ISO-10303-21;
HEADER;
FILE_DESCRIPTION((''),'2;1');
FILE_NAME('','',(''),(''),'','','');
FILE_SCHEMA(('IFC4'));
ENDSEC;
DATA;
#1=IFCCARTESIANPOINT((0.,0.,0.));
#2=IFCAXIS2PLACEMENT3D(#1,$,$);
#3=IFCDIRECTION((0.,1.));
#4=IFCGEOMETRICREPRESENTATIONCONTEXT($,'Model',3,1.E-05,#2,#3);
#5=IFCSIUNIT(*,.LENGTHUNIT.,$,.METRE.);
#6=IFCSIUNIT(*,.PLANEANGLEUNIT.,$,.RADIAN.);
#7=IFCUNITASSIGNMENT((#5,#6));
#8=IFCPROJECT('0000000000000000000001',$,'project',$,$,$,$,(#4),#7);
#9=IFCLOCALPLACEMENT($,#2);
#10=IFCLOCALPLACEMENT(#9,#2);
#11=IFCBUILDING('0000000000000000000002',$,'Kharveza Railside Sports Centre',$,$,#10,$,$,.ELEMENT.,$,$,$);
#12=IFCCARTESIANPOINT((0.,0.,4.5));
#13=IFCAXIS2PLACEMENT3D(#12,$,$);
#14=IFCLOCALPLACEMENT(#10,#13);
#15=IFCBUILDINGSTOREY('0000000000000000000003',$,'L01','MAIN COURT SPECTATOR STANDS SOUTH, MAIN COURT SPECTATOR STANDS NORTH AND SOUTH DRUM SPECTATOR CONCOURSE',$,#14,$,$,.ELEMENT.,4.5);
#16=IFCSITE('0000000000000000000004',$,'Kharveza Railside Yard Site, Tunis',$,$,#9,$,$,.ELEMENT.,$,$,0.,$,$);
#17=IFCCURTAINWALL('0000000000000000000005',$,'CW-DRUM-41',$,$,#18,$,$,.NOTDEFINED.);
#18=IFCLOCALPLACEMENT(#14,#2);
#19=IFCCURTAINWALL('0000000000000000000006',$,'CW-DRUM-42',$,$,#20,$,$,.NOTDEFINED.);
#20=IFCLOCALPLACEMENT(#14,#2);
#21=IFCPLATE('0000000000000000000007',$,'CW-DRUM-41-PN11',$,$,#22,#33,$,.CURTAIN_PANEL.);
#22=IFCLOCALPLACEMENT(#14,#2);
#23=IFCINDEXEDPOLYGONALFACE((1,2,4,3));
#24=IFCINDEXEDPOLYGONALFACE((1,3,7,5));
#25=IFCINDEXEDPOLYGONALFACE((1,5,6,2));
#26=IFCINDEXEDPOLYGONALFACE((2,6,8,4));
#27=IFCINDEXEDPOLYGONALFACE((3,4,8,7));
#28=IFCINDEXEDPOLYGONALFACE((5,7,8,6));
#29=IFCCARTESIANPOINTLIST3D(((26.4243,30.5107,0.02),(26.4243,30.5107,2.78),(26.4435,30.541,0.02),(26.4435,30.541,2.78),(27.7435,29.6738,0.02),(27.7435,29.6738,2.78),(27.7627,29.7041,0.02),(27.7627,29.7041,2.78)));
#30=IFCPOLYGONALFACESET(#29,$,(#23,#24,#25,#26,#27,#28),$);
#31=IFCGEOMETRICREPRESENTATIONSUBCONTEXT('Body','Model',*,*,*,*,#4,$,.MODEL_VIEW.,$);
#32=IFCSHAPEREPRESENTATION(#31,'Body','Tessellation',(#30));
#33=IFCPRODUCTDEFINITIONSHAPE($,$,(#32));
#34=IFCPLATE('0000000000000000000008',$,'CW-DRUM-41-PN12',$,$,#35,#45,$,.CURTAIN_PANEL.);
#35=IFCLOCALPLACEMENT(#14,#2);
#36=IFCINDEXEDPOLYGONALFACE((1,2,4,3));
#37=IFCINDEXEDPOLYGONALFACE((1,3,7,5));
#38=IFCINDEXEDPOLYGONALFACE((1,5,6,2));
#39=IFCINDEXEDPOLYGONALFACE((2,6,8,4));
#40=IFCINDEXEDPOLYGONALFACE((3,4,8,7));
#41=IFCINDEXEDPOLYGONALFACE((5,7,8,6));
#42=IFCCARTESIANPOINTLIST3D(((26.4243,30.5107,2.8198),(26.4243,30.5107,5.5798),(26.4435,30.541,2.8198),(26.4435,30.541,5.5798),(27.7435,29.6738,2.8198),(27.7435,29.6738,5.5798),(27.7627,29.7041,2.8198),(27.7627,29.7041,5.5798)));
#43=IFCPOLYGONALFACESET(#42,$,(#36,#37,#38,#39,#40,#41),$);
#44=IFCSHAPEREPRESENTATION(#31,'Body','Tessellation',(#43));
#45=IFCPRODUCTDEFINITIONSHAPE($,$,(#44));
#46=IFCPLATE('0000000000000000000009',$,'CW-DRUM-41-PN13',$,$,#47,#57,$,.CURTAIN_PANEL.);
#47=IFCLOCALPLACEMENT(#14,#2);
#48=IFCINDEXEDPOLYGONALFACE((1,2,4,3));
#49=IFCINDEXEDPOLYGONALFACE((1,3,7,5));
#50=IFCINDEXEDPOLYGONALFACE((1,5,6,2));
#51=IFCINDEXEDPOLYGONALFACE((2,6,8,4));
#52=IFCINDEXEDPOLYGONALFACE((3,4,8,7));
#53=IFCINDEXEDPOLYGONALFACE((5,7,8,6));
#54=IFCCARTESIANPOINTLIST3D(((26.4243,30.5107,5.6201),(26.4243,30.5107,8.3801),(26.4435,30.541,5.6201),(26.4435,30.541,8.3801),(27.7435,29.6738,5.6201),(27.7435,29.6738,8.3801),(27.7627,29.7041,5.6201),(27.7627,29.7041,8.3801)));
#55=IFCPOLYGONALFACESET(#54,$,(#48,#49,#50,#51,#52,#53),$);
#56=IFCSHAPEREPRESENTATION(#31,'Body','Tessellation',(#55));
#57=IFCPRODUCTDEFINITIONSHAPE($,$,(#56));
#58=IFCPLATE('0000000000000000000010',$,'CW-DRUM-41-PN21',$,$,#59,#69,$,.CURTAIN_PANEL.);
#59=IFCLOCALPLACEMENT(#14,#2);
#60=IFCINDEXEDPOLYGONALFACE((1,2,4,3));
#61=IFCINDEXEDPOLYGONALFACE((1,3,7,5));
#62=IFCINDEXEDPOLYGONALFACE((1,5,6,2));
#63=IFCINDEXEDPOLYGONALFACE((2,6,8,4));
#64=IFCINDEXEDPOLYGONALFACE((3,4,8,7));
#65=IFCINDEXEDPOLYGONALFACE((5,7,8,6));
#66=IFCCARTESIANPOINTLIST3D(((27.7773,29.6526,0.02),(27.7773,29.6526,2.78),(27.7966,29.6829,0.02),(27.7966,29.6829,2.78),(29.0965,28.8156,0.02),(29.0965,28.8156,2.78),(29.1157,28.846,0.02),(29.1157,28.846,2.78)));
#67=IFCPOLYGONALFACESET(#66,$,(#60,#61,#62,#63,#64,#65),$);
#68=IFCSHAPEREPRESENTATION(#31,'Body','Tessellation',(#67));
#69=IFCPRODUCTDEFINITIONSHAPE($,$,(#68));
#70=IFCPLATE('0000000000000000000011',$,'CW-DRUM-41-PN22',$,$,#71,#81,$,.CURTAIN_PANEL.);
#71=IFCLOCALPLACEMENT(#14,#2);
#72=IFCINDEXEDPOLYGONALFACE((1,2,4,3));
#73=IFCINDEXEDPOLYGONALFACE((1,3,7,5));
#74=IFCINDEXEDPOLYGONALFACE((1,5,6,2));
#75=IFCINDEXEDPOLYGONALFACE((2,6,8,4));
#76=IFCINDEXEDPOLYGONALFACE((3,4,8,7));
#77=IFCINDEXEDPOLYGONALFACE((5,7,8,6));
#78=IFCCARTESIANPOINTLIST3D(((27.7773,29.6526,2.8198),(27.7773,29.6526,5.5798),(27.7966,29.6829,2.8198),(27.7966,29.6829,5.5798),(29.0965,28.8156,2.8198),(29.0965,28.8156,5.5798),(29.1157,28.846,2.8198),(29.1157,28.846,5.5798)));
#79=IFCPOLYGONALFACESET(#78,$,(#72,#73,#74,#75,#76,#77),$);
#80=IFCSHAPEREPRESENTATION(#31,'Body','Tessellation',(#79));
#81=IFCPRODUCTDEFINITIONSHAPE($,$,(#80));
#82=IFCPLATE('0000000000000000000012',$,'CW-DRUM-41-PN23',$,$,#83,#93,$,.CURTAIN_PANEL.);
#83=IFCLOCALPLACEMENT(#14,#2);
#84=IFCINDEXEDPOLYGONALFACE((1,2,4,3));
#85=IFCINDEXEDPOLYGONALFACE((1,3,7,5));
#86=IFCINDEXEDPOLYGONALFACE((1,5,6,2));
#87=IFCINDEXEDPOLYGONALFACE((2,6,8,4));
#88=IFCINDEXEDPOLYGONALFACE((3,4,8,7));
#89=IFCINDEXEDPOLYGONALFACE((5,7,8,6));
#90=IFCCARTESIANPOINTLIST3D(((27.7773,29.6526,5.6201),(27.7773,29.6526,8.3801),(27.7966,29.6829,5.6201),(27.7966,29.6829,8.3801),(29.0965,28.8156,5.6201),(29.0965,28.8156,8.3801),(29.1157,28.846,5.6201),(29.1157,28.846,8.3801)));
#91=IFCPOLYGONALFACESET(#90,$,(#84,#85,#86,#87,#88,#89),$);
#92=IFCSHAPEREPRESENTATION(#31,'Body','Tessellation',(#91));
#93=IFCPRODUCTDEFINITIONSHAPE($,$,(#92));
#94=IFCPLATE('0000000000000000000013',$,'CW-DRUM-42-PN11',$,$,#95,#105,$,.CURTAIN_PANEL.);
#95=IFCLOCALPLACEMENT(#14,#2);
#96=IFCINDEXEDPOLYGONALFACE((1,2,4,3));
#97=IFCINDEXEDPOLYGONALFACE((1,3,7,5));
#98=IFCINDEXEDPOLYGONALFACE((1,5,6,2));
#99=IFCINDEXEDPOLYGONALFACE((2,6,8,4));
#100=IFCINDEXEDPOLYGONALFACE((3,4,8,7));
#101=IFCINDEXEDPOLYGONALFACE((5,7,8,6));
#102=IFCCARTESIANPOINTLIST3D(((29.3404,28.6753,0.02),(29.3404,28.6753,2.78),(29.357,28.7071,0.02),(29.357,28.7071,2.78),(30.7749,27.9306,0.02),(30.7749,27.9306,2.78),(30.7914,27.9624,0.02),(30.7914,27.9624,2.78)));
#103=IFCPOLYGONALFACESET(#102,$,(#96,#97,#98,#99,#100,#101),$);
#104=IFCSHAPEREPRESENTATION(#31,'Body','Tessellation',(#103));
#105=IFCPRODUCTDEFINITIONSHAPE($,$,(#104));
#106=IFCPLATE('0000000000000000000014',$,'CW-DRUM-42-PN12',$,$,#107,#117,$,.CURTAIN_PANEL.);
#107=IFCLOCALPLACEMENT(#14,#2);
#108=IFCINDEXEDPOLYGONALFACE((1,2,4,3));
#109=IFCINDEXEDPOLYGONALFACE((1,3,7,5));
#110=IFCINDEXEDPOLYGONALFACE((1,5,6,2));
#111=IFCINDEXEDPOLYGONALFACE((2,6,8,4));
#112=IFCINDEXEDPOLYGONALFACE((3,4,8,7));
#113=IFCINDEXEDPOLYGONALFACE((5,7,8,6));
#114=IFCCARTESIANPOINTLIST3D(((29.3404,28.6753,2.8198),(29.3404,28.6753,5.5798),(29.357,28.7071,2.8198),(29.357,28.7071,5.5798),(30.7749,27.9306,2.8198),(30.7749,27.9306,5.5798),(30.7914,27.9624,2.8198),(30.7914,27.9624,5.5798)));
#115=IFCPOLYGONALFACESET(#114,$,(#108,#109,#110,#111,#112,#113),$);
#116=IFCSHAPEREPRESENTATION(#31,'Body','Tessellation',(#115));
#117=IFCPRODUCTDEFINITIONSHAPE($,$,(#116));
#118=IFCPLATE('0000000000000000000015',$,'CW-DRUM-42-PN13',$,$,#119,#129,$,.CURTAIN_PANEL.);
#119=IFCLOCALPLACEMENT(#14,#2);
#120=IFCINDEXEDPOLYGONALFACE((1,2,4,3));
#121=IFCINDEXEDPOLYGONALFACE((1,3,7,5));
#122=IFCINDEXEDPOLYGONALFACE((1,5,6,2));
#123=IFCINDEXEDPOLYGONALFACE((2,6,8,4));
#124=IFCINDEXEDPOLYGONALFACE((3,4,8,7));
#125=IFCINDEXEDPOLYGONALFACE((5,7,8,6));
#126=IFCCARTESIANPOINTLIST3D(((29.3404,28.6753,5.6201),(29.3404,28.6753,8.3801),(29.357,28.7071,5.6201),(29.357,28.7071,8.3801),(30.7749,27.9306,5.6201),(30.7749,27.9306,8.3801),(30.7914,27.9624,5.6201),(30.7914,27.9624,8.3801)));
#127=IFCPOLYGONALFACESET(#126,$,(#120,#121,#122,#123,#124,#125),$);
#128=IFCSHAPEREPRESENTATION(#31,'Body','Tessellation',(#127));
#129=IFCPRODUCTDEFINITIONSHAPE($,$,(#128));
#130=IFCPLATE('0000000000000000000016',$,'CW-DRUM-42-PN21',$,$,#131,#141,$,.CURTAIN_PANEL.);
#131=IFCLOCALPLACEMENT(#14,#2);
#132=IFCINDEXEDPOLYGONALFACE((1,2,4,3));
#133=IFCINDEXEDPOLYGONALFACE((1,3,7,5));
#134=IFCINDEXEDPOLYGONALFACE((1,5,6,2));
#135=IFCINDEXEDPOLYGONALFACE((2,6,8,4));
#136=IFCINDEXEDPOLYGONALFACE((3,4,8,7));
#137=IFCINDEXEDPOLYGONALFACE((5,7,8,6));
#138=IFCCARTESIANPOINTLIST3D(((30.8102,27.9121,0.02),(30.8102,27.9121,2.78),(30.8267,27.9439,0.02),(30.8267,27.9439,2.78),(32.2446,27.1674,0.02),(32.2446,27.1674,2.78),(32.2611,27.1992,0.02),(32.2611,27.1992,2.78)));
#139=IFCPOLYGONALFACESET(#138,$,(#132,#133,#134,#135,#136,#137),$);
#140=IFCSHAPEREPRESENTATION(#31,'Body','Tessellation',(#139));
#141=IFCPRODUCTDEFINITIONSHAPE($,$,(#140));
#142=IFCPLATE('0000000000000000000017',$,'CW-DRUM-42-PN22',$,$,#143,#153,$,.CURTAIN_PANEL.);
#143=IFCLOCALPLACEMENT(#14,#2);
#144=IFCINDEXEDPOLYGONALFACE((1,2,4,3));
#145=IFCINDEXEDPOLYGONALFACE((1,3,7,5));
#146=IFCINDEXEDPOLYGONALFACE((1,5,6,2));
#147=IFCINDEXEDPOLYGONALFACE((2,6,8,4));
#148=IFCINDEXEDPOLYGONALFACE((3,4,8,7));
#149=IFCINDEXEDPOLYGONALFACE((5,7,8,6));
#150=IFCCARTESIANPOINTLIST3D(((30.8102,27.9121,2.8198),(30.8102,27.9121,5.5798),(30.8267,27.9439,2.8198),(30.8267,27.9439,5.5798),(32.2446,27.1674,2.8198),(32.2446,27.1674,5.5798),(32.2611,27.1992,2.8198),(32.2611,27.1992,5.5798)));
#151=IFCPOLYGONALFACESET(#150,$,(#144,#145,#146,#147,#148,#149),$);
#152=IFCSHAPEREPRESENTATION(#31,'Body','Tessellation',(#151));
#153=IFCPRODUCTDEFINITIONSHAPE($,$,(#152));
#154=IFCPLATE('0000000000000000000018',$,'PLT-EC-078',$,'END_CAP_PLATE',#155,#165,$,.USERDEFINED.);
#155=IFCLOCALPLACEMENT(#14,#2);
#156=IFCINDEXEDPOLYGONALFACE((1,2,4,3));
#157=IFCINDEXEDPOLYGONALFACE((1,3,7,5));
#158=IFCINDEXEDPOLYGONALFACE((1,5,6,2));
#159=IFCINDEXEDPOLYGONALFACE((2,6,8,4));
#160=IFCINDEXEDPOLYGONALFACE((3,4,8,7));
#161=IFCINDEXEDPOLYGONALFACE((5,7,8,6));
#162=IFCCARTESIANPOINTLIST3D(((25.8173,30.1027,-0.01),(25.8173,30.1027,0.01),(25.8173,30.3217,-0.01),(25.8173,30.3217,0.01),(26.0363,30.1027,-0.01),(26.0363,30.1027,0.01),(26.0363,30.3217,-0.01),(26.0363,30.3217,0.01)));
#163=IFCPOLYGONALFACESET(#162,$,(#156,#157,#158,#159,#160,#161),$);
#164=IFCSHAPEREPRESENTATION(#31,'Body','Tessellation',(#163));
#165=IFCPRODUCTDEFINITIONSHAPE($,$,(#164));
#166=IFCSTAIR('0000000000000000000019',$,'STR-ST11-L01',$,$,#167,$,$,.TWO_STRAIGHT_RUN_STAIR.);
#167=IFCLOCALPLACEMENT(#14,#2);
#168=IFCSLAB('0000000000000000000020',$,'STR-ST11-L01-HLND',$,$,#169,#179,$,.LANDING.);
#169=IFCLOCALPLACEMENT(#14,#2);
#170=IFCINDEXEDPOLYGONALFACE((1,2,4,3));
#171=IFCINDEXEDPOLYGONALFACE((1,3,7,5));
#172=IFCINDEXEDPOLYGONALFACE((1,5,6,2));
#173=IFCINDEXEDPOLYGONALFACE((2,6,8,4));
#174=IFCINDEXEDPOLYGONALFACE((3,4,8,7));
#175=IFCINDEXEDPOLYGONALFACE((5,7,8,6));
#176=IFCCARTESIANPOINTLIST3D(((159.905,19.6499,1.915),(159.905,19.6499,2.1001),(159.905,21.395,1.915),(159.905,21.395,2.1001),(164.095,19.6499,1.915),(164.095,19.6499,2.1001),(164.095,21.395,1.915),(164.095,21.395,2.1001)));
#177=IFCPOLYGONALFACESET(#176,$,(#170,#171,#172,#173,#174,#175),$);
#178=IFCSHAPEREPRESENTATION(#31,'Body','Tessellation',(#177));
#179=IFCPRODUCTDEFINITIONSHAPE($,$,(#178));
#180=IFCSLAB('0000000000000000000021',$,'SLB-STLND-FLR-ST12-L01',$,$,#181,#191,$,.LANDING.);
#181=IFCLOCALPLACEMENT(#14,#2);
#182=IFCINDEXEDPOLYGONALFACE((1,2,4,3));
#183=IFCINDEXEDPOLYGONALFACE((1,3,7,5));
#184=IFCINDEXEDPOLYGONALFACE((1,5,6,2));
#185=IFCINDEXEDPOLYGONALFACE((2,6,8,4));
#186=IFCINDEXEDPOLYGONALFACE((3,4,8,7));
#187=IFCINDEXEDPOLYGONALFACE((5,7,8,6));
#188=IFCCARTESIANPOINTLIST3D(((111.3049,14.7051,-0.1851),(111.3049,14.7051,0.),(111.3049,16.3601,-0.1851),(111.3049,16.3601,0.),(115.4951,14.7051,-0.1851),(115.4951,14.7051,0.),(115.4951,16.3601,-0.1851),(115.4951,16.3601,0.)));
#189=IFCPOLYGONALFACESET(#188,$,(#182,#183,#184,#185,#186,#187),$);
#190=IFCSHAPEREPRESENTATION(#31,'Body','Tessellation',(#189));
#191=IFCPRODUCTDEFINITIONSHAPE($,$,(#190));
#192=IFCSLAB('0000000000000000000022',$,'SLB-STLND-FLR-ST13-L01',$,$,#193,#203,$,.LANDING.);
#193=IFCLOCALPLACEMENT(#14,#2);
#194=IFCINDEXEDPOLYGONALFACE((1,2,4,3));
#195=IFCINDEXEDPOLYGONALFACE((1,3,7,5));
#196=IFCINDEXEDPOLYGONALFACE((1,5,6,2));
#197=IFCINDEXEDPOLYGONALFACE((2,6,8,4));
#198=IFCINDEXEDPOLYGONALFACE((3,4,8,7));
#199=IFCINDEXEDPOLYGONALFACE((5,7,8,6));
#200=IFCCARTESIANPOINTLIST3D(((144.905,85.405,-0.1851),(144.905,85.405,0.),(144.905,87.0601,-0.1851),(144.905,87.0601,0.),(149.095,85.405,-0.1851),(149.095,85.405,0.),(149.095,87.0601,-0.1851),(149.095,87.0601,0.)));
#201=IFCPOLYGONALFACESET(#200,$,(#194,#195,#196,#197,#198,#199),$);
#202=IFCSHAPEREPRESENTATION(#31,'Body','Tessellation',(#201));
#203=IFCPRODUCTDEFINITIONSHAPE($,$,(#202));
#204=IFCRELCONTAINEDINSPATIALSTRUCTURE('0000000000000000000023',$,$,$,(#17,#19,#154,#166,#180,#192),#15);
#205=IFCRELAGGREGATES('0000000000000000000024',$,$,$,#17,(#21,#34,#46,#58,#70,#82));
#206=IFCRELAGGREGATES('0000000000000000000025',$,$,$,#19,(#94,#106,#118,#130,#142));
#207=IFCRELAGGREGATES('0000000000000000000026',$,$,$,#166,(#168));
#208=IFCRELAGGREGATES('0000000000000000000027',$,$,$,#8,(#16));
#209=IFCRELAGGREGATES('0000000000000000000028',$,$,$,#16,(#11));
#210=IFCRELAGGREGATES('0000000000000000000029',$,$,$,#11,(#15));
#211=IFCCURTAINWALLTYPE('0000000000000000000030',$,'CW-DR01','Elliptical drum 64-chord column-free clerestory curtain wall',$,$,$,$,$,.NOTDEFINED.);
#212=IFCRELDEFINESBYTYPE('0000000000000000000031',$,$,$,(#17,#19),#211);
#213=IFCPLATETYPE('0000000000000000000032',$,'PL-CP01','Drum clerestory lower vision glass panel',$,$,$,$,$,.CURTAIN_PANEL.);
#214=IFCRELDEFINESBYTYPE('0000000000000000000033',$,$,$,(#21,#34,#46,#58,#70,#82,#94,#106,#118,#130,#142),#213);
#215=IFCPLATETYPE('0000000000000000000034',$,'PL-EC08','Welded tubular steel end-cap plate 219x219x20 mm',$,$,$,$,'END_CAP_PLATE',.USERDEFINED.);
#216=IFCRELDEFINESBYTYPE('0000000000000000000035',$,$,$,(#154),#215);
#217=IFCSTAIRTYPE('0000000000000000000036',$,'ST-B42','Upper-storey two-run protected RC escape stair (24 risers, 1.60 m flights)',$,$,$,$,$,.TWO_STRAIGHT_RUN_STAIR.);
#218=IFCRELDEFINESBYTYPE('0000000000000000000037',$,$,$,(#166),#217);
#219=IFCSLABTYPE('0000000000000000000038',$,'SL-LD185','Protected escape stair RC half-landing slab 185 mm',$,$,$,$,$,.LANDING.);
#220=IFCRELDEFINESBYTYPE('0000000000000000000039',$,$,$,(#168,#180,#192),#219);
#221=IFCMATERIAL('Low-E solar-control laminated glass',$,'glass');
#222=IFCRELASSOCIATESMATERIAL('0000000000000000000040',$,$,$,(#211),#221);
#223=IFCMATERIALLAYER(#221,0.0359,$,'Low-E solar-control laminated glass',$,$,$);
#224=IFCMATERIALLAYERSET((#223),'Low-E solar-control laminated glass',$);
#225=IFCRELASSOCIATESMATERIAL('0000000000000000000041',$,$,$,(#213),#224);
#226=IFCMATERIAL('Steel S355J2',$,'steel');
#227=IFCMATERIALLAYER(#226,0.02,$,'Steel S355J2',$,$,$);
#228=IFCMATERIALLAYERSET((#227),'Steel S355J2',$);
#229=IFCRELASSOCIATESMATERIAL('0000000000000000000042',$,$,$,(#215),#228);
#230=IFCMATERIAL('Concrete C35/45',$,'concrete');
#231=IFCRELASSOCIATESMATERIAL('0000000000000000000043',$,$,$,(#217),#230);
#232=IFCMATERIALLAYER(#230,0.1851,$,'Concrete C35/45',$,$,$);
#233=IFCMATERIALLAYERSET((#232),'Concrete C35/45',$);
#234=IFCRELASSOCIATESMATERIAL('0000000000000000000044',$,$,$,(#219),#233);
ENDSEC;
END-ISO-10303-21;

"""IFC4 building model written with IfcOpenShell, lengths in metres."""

from ifc_helpers import new_model, si_unit, direction, frame, origin, origin_2d, place, context, subcontext, project, spatial, polyline, rectangle, outline, extrude, material, layer, layer_set, type_object, element, aggregate, save


model = new_model("IFC4")

# Units and contexts
model_context = context("Model", 3, precision=1e-05, world=origin(), true_north=direction((0.0, 1.0)))
body_context = subcontext(model_context, "Body", "Model", "MODEL_VIEW")
ifc_project = project(units=[si_unit("LENGTHUNIT", "METRE"), si_unit("PLANEANGLEUNIT", "RADIAN")], contexts=[model_context])

# Site, building, storey
site_placement = place(None, origin())
site = spatial("IfcSite", under=ifc_project, at=site_placement, Name="Kharveza Railside Yard Site, Tunis", CompositionType="ELEMENT", RefElevation=0.0)
building_placement = place(site_placement, origin())
building = spatial("IfcBuilding", under=site, at=building_placement, Name="Kharveza Railside Sports Centre", CompositionType="ELEMENT")
storey_placement = place(building_placement, frame((0.0, 0.0, 4.5)))
storey = spatial("IfcBuildingStorey", under=building, at=storey_placement, Name="L01", Description="MAIN COURT SPECTATOR STANDS SOUTH, MAIN COURT SPECTATOR STANDS NORTH AND SOUTH DRUM SPECTATOR CONCOURSE", CompositionType="ELEMENT", Elevation=4.5)

# Curtain walls
ifc_material_1 = material(Name="Low-E solar-control laminated glass", Category="glass")
curtain_wall_type = type_object("IfcCurtainWallType", Name="CW-DR01", Description="Elliptical drum 64-chord column-free clerestory curtain wall", PredefinedType="NOTDEFINED", material=ifc_material_1)
curtain_wall_1_placement = place(storey_placement, origin())
curtain_wall_1 = element("IfcCurtainWall", 1, at=curtain_wall_1_placement, inside=storey, type_object=curtain_wall_type, Name="CW-DRUM-41", PredefinedType="NOTDEFINED")
curtain_wall_2_placement = place(storey_placement, origin())
curtain_wall_2 = element("IfcCurtainWall", 2, at=curtain_wall_2_placement, inside=storey, type_object=curtain_wall_type, Name="CW-DRUM-42", PredefinedType="NOTDEFINED")

# Shared definitions
ifc_material_2 = material(Name="Steel S355J2", Category="steel")

# Plates
ifc_layer_1 = layer(ifc_material_1, 0.0359, Name="Low-E solar-control laminated glass")
ifc_layer_set_1 = layer_set([ifc_layer_1], Name="Low-E solar-control laminated glass")
plate_type_1 = type_object("IfcPlateType", Name="PL-CP01", Description="Drum clerestory lower vision glass panel", PredefinedType="CURTAIN_PANEL", material=ifc_layer_set_1)
plate_1_placement = place(storey_placement, frame((27.0935, 30.1074, 0.02), z_axis=(0.0, 0.0, 1.0), x_axis=(0.844393, -0.535724, 0.0)))
plate_1 = element("IfcPlate", 3, at=plate_1_placement, type_object=plate_type_1, Name="CW-DRUM-41-PN11", PredefinedType="CURTAIN_PANEL", context=body_context, shape_type="SweptSolid", body=[
    extrude(rectangle(XDim=1.5623, YDim=0.0359, at=origin_2d()), origin(), (0.0, 0.0, 1.0), 2.76),
])
plate_2_placement = place(storey_placement, frame((27.0935, 30.1074, 2.8198), z_axis=(0.0, 0.0, 1.0), x_axis=(0.844393, -0.535724, 0.0)))
plate_2 = element("IfcPlate", 4, at=plate_2_placement, type_object=plate_type_1, Name="CW-DRUM-41-PN12", PredefinedType="CURTAIN_PANEL", context=body_context, shape_type="SweptSolid", body=[
    extrude(rectangle(XDim=1.5623, YDim=0.0359, at=origin_2d()), origin(), (0.0, 0.0, 1.0), 2.76),
])
plate_3_placement = place(storey_placement, frame((27.0935, 30.1074, 5.6201), z_axis=(0.0, 0.0, 1.0), x_axis=(0.844393, -0.535724, 0.0)))
plate_3 = element("IfcPlate", 5, at=plate_3_placement, type_object=plate_type_1, Name="CW-DRUM-41-PN13", PredefinedType="CURTAIN_PANEL", context=body_context, shape_type="SweptSolid", body=[
    extrude(rectangle(XDim=1.5623, YDim=0.0359, at=origin_2d()), origin(), (0.0, 0.0, 1.0), 2.76),
])
plate_4_placement = place(storey_placement, frame((28.4465, 29.2493, 0.02), z_axis=(0.0, 0.0, 1.0), x_axis=(0.844393, -0.535724, 0.0)))
plate_4 = element("IfcPlate", 6, at=plate_4_placement, type_object=plate_type_1, Name="CW-DRUM-41-PN21", PredefinedType="CURTAIN_PANEL", context=body_context, shape_type="SweptSolid", body=[
    extrude(rectangle(XDim=1.5623, YDim=0.0359, at=origin_2d()), origin(), (0.0, 0.0, 1.0), 2.76),
])
plate_5_placement = place(storey_placement, frame((28.4465, 29.2493, 2.8198), z_axis=(0.0, 0.0, 1.0), x_axis=(0.844393, -0.535724, 0.0)))
plate_5 = element("IfcPlate", 7, at=plate_5_placement, type_object=plate_type_1, Name="CW-DRUM-41-PN22", PredefinedType="CURTAIN_PANEL", context=body_context, shape_type="SweptSolid", body=[
    extrude(rectangle(XDim=1.5623, YDim=0.0359, at=origin_2d()), origin(), (0.0, 0.0, 1.0), 2.76),
])
plate_6_placement = place(storey_placement, frame((28.4465, 29.2493, 5.6201), z_axis=(0.0, 0.0, 1.0), x_axis=(0.844393, -0.535724, 0.0)))
plate_6 = element("IfcPlate", 8, at=plate_6_placement, type_object=plate_type_1, Name="CW-DRUM-41-PN23", PredefinedType="CURTAIN_PANEL", context=body_context, shape_type="SweptSolid", body=[
    extrude(rectangle(XDim=1.5623, YDim=0.0359, at=origin_2d()), origin(), (0.0, 0.0, 1.0), 2.76),
])
aggregate(curtain_wall_1, [plate_1, plate_2, plate_3, plate_4, plate_5, plate_6])
plate_7_placement = place(storey_placement, frame((30.0659, 28.3188, 0.02), z_axis=(0.0, 0.0, 1.0), x_axis=(0.887526, -0.460758, 0.0)))
plate_7 = element("IfcPlate", 9, at=plate_7_placement, type_object=plate_type_1, Name="CW-DRUM-42-PN11", PredefinedType="CURTAIN_PANEL", context=body_context, shape_type="SweptSolid", body=[
    extrude(rectangle(XDim=1.6162, YDim=0.0359, at=origin_2d()), origin(), (0.0, 0.0, 1.0), 2.76),
])
plate_8_placement = place(storey_placement, frame((30.0659, 28.3188, 2.8198), z_axis=(0.0, 0.0, 1.0), x_axis=(0.887526, -0.460758, 0.0)))
plate_8 = element("IfcPlate", 10, at=plate_8_placement, type_object=plate_type_1, Name="CW-DRUM-42-PN12", PredefinedType="CURTAIN_PANEL", context=body_context, shape_type="SweptSolid", body=[
    extrude(rectangle(XDim=1.6162, YDim=0.0359, at=origin_2d()), origin(), (0.0, 0.0, 1.0), 2.76),
])
plate_9_placement = place(storey_placement, frame((30.0659, 28.3188, 5.6201), z_axis=(0.0, 0.0, 1.0), x_axis=(0.887526, -0.460758, 0.0)))
plate_9 = element("IfcPlate", 11, at=plate_9_placement, type_object=plate_type_1, Name="CW-DRUM-42-PN13", PredefinedType="CURTAIN_PANEL", context=body_context, shape_type="SweptSolid", body=[
    extrude(rectangle(XDim=1.6162, YDim=0.0359, at=origin_2d()), origin(), (0.0, 0.0, 1.0), 2.76),
])
plate_10_placement = place(storey_placement, frame((31.5356, 27.5557, 0.02), z_axis=(0.0, 0.0, 1.0), x_axis=(0.887526, -0.460758, 0.0)))
plate_10 = element("IfcPlate", 12, at=plate_10_placement, type_object=plate_type_1, Name="CW-DRUM-42-PN21", PredefinedType="CURTAIN_PANEL", context=body_context, shape_type="SweptSolid", body=[
    extrude(rectangle(XDim=1.6162, YDim=0.0359, at=origin_2d()), origin(), (0.0, 0.0, 1.0), 2.76),
])
plate_11_placement = place(storey_placement, frame((31.5356, 27.5557, 2.8198), z_axis=(0.0, 0.0, 1.0), x_axis=(0.887526, -0.460758, 0.0)))
plate_11 = element("IfcPlate", 13, at=plate_11_placement, type_object=plate_type_1, Name="CW-DRUM-42-PN22", PredefinedType="CURTAIN_PANEL", context=body_context, shape_type="SweptSolid", body=[
    extrude(rectangle(XDim=1.6162, YDim=0.0359, at=origin_2d()), origin(), (0.0, 0.0, 1.0), 2.76),
])
aggregate(curtain_wall_2, [plate_7, plate_8, plate_9, plate_10, plate_11])
ifc_layer_2 = layer(ifc_material_2, 0.02, Name="Steel S355J2")
ifc_layer_set_2 = layer_set([ifc_layer_2], Name="Steel S355J2")
plate_type_2 = type_object("IfcPlateType", Name="PL-EC08", Description="Welded tubular steel end-cap plate 219x219x20 mm", ElementType="END_CAP_PLATE", PredefinedType="USERDEFINED", material=ifc_layer_set_2)
plate_12_placement = place(storey_placement, frame((25.9268, 30.2122, -0.01), z_axis=(0.0, 0.0, 1.0), x_axis=(1.0, 0.0, 0.0)))
element("IfcPlate", 14, at=plate_12_placement, inside=storey, type_object=plate_type_2, Name="PLT-EC-078", ObjectType="END_CAP_PLATE", PredefinedType="USERDEFINED", context=body_context, shape_type="SweptSolid", body=[
    extrude(rectangle(XDim=0.219, YDim=0.219, at=origin_2d()), origin(), (0.0, 0.0, 1.0), 0.02),
])

# Stair, slab
ifc_material_3 = material(Name="Concrete C35/45", Category="concrete")
stair_type = type_object("IfcStairType", Name="ST-B42", Description="Upper-storey two-run protected RC escape stair (24 risers, 1.60 m flights)", PredefinedType="TWO_STRAIGHT_RUN_STAIR", material=ifc_material_3)
stair_placement = place(storey_placement, origin())
stair = element("IfcStair", 15, at=stair_placement, inside=storey, type_object=stair_type, Name="STR-ST11-L01", PredefinedType="TWO_STRAIGHT_RUN_STAIR")
ifc_layer_3 = layer(ifc_material_3, 0.1851, Name="Concrete C35/45")
ifc_layer_set_3 = layer_set([ifc_layer_3], Name="Concrete C35/45")
slab_type = type_object("IfcSlabType", Name="SL-LD185", Description="Protected escape stair RC half-landing slab 185 mm", PredefinedType="LANDING", material=ifc_layer_set_3)
slab_1_placement = place(storey_placement, frame((0.0, 0.0, 1.915)))
slab_1 = element("IfcSlab", 16, at=slab_1_placement, type_object=slab_type, Name="STR-ST11-L01-HLND", PredefinedType="LANDING", context=body_context, shape_type="SweptSolid", body=[
    extrude(outline(polyline([(159.905, 19.6499), (164.095, 19.6499), (164.095, 21.395), (159.905, 21.395), (159.905, 19.6499)])), origin(), (0.0, 0.0, 1.0), 0.1851),
])
aggregate(stair, [slab_1])

# Slabs
slab_2_placement = place(storey_placement, frame((0.0, 0.0, -0.1851)))
element("IfcSlab", 17, at=slab_2_placement, inside=storey, type_object=slab_type, Name="SLB-STLND-FLR-ST12-L01", PredefinedType="LANDING", context=body_context, shape_type="SweptSolid", body=[
    extrude(outline(polyline([(111.3049, 14.7051), (115.4951, 14.7051), (115.4951, 16.3601), (111.3049, 16.3601), (111.3049, 14.7051)])), origin(), (0.0, 0.0, 1.0), 0.1851),
])
slab_3_placement = place(storey_placement, frame((0.0, 0.0, -0.1851)))
element("IfcSlab", 18, at=slab_3_placement, inside=storey, type_object=slab_type, Name="SLB-STLND-FLR-ST13-L01", PredefinedType="LANDING", context=body_context, shape_type="SweptSolid", body=[
    extrude(outline(polyline([(144.905, 85.405), (149.095, 85.405), (149.095, 87.0601), (144.905, 87.0601), (144.905, 85.405)])), origin(), (0.0, 0.0, 1.0), 0.1851),
])

save(model, "model.ifc")
